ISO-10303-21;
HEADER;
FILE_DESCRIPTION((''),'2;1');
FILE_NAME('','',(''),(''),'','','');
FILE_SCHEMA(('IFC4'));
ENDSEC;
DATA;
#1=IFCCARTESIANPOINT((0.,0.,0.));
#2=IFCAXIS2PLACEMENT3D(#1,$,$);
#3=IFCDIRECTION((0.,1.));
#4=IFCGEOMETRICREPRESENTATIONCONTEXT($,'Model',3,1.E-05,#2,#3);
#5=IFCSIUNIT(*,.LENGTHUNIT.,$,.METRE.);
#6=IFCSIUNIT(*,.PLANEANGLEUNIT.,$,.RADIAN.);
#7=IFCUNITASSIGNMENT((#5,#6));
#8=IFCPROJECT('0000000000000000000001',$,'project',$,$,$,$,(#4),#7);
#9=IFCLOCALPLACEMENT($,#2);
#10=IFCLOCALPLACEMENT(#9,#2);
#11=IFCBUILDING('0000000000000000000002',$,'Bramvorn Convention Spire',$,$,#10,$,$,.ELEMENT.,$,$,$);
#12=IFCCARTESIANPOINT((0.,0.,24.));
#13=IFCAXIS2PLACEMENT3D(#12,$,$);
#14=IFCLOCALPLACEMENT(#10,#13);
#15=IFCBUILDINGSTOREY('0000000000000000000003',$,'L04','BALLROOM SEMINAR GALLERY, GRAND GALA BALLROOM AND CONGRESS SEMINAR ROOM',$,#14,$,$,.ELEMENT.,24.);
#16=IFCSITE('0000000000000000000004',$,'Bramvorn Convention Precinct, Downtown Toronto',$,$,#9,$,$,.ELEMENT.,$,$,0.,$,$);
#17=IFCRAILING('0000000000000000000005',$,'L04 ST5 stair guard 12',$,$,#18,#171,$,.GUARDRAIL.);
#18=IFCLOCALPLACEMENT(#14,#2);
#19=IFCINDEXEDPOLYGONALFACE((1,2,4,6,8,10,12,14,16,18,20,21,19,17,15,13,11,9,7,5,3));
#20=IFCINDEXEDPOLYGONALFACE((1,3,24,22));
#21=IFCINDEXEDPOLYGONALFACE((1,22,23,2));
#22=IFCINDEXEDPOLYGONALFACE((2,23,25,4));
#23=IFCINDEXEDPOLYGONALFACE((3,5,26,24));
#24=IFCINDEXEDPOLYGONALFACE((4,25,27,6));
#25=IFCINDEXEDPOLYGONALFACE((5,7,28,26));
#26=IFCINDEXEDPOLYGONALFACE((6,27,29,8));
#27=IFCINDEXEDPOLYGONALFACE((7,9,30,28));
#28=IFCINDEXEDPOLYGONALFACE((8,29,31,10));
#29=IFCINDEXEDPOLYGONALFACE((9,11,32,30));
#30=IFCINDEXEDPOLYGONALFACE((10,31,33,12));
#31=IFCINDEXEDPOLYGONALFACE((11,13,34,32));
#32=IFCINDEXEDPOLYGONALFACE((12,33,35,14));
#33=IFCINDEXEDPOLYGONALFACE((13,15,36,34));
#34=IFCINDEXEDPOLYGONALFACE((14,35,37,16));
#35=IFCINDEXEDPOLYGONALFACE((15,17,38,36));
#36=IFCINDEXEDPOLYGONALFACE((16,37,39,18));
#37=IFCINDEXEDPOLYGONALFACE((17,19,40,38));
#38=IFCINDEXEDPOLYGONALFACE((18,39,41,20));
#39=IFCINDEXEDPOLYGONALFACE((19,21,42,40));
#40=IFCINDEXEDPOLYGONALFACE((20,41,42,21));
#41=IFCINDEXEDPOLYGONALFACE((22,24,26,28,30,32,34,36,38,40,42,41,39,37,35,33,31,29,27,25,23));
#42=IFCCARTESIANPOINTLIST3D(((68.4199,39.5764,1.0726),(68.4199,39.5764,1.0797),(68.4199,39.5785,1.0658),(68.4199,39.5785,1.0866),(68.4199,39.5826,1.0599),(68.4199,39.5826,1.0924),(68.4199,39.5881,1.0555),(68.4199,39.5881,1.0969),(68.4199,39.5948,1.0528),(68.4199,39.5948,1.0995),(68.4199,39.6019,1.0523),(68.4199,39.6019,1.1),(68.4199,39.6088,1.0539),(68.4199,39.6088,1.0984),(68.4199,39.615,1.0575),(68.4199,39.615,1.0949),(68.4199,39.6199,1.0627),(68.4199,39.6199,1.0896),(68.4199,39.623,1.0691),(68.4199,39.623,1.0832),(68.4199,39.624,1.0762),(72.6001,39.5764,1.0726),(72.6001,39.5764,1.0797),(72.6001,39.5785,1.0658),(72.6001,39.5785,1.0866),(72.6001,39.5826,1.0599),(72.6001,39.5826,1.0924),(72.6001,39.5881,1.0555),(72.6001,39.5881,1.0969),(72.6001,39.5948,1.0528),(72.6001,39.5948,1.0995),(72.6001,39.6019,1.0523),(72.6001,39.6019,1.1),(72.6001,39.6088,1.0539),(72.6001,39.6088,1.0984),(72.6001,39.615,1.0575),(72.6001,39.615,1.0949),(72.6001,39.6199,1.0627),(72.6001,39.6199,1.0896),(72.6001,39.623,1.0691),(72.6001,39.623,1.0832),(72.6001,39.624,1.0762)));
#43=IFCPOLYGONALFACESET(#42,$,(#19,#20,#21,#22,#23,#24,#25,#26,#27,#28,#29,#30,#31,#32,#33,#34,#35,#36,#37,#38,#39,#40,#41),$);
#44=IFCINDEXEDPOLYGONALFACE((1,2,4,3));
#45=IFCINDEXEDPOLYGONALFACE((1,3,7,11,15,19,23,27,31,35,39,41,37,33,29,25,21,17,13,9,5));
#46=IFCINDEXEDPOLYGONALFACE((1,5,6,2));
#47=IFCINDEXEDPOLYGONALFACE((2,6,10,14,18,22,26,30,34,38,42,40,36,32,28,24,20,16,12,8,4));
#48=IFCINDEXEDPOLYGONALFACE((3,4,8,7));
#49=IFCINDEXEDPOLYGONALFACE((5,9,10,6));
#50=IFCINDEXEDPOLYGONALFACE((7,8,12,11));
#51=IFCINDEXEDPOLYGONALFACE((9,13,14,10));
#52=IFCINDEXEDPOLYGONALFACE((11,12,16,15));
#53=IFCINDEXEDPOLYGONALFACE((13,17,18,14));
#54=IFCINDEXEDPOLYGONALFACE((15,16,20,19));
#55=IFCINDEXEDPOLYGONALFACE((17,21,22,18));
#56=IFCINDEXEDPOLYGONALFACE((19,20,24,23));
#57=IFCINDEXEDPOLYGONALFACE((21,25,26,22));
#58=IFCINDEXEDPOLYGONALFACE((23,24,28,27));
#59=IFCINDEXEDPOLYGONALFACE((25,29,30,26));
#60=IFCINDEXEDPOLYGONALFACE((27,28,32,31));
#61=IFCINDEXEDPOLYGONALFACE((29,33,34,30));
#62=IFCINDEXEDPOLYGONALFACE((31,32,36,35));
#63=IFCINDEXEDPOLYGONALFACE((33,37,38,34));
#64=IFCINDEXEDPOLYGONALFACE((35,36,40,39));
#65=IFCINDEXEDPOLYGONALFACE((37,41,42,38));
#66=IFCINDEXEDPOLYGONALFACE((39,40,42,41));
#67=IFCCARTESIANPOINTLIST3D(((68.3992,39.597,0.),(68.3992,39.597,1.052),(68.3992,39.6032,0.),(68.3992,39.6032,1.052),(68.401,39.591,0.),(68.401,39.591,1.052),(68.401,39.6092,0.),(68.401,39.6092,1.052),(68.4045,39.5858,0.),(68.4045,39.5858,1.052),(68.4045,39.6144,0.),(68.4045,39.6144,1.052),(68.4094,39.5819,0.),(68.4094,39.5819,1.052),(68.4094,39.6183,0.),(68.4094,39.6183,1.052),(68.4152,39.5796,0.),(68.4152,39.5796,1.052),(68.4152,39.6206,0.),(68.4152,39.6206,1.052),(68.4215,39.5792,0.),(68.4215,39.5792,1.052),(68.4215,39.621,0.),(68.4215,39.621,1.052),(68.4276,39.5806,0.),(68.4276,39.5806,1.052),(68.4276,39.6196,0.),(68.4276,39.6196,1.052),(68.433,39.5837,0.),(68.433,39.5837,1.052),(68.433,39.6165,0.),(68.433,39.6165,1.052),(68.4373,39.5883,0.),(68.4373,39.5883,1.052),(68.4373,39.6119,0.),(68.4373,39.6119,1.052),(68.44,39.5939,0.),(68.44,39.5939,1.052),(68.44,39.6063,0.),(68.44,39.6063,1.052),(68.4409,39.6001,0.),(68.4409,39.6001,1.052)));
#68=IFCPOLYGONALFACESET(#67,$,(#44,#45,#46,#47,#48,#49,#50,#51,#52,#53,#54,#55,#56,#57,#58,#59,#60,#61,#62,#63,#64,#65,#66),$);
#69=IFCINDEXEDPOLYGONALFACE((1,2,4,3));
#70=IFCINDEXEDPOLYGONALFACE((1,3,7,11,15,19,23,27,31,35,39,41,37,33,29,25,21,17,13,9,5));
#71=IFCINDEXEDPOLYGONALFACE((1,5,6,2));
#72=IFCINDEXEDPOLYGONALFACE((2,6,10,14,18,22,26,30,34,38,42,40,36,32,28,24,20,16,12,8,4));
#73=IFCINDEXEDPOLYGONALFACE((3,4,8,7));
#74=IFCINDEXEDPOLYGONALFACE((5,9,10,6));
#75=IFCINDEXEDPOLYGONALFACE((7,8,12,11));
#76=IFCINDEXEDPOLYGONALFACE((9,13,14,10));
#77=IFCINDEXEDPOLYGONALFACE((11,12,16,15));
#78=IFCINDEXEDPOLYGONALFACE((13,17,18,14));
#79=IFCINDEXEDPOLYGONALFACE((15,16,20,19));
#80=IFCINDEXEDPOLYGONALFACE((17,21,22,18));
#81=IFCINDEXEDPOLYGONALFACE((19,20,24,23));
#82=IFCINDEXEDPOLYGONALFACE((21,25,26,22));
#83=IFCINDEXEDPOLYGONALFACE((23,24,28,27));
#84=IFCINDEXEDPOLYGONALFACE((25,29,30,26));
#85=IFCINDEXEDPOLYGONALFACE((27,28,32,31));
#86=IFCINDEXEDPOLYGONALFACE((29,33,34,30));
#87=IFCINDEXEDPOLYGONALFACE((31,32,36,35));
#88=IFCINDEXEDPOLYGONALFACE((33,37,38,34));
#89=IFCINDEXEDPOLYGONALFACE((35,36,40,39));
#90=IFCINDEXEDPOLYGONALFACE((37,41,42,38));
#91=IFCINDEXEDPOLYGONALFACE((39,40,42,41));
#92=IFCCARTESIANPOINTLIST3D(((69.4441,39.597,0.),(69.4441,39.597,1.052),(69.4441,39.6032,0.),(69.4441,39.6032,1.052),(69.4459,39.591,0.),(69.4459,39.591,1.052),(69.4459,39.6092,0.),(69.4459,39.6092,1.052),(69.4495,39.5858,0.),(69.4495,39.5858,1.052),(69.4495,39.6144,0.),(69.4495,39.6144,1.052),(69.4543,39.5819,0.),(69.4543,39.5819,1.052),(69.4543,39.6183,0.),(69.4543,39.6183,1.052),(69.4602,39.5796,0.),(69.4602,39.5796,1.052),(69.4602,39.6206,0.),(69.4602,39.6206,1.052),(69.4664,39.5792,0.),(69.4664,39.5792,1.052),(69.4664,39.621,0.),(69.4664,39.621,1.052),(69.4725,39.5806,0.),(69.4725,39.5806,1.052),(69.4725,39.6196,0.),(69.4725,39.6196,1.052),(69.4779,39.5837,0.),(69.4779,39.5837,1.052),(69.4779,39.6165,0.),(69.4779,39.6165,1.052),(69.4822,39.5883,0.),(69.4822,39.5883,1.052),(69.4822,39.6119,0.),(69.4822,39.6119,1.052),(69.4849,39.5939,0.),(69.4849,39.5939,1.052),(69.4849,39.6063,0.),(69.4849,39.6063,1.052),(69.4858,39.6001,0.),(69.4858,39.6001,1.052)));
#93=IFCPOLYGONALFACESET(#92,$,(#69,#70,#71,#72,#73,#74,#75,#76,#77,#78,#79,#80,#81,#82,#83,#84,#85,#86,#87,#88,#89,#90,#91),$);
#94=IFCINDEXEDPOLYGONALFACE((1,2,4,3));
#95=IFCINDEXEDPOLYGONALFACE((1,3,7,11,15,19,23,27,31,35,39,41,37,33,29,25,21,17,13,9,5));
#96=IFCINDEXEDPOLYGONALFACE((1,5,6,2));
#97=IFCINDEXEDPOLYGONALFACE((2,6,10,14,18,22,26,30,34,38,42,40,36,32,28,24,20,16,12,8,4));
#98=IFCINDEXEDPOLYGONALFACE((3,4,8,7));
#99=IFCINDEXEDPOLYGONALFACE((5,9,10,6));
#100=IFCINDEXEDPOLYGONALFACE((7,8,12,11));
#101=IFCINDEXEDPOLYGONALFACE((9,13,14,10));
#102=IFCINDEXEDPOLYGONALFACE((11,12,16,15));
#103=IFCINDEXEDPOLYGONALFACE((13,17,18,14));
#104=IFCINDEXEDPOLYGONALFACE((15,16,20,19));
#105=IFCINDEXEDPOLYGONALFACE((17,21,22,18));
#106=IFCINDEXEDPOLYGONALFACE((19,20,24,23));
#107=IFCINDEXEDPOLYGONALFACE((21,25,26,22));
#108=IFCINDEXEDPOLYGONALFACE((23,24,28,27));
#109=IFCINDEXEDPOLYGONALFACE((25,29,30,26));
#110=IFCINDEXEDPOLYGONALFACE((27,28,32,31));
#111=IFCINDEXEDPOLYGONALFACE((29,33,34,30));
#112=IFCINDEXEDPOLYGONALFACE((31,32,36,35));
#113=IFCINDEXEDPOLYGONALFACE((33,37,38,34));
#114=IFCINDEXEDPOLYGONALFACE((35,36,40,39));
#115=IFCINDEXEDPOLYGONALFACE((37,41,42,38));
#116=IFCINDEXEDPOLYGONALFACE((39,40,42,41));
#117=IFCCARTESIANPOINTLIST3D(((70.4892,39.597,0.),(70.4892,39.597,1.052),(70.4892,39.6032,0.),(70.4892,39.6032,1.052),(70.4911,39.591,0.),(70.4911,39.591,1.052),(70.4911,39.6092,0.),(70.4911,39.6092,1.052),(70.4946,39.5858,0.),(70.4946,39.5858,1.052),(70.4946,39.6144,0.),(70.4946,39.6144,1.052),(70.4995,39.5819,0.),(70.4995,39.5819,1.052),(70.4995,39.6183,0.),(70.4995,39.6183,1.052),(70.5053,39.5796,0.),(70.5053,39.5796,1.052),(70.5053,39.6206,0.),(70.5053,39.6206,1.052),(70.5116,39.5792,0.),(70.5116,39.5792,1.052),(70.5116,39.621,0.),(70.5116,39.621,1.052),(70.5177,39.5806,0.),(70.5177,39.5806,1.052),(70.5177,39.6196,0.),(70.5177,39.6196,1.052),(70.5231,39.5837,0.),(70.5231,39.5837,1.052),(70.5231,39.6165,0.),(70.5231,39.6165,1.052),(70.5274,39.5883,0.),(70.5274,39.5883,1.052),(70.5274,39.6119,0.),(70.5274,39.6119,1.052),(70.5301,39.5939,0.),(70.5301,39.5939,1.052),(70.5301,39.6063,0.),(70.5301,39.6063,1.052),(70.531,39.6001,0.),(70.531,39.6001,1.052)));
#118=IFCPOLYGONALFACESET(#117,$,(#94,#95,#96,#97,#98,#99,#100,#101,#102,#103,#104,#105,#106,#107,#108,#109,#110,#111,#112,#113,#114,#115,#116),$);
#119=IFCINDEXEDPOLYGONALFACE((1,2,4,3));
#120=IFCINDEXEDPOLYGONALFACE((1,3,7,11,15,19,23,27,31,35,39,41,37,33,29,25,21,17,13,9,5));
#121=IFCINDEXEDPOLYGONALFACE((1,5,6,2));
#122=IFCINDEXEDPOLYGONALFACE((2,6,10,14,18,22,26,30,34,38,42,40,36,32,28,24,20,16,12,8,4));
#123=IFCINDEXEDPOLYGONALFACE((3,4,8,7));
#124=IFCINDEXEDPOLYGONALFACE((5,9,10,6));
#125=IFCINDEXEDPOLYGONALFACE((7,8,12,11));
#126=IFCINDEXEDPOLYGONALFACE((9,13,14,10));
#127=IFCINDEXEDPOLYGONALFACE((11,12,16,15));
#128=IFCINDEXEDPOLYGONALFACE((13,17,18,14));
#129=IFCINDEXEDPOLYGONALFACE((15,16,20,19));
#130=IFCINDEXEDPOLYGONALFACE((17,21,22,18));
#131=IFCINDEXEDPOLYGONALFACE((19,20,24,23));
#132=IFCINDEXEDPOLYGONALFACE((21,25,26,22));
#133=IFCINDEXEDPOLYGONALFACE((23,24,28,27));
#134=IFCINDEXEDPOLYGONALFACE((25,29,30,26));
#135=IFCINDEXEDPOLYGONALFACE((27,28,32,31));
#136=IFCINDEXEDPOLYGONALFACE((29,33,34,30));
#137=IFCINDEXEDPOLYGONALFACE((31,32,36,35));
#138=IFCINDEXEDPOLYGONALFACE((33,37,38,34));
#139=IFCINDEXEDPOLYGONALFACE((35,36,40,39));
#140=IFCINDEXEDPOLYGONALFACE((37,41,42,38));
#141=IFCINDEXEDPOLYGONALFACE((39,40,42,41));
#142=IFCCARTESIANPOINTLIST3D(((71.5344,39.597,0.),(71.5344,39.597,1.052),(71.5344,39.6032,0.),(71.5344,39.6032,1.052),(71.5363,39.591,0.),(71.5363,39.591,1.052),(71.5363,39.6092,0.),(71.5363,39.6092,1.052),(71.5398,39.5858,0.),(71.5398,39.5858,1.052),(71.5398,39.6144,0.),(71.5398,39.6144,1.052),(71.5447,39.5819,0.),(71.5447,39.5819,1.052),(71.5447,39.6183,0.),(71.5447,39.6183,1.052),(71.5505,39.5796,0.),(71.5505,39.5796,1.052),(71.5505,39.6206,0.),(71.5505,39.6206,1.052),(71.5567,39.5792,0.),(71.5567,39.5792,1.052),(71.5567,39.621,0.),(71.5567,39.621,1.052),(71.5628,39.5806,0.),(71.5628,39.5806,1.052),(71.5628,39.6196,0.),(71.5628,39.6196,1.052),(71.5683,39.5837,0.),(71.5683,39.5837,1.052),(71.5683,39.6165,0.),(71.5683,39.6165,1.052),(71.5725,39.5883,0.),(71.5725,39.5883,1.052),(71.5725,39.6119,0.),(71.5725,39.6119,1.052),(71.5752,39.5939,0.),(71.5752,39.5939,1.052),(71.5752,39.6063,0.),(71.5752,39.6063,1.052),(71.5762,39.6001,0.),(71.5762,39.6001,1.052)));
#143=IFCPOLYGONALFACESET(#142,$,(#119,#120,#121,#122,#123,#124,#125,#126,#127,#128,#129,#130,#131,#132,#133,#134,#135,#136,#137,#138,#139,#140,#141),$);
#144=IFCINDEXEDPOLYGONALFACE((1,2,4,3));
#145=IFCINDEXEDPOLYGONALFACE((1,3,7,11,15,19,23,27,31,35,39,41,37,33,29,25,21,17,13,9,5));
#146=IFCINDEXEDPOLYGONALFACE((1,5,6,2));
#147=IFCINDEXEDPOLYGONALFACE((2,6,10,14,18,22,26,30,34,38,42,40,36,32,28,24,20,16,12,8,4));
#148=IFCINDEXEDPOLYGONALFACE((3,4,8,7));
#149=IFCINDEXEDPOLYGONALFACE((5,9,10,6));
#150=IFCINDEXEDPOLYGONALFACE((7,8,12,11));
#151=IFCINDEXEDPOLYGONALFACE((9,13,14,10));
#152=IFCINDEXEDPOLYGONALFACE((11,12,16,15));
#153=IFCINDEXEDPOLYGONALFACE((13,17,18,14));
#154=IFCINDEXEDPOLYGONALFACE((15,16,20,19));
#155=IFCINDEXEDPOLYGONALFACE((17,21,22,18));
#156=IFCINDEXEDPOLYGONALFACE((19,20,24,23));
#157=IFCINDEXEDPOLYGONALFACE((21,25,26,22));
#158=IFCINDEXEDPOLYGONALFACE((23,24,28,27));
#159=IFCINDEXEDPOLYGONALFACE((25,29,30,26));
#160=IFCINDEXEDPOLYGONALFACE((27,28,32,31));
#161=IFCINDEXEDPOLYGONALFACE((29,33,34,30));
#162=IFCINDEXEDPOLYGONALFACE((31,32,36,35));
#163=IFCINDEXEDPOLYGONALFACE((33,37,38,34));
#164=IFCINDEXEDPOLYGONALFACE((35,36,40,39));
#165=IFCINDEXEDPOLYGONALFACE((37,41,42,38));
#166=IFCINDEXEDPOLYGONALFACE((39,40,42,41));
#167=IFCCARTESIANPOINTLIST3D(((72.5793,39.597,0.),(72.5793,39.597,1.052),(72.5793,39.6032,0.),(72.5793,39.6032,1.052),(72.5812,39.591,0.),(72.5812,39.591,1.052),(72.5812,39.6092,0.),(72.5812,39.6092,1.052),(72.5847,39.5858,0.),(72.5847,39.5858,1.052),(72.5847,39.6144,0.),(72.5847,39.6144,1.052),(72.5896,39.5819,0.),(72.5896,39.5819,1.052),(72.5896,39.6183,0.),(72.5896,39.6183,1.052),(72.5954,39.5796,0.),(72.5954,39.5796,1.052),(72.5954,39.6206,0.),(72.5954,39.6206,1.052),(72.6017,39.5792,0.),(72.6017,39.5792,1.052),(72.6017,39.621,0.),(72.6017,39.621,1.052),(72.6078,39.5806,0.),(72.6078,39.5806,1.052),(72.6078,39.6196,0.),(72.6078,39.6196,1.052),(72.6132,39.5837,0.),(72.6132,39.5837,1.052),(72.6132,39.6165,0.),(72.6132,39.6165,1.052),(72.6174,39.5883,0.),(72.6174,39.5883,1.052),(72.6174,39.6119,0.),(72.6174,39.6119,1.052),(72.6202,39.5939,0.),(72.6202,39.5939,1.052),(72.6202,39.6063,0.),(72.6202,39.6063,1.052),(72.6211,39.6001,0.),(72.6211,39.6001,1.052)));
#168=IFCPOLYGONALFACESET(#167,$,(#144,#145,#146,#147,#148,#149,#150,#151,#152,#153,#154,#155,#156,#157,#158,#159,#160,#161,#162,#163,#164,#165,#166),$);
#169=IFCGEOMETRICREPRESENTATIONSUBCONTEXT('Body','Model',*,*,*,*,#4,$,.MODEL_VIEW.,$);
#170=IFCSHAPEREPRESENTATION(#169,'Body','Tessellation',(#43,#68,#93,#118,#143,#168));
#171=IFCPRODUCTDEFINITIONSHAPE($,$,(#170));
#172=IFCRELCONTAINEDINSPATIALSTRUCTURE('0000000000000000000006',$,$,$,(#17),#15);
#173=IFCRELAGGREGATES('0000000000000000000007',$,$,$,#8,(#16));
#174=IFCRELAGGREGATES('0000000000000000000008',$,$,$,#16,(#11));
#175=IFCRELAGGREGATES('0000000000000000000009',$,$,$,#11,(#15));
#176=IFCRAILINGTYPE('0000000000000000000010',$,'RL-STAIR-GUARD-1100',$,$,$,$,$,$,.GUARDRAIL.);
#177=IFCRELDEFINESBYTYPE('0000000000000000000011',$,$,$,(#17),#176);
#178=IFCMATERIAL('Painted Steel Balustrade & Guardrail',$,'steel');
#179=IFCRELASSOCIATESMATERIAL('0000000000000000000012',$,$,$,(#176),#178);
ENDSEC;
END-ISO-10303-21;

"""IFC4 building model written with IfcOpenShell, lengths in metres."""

from ifc_helpers import new_model, si_unit, direction, frame, origin, origin_2d, place, context, subcontext, project, spatial, circle, extrude, material, type_object, element, save


model = new_model("IFC4")

# Units and contexts
model_context = context("Model", 3, precision=1e-05, world=origin(), true_north=direction((0.0, 1.0)))
body_context = subcontext(model_context, "Body", "Model", "MODEL_VIEW")
ifc_project = project(units=[si_unit("LENGTHUNIT", "METRE"), si_unit("PLANEANGLEUNIT", "RADIAN")], contexts=[model_context])

# Site, building, storey
site_placement = place(None, origin())
site = spatial("IfcSite", under=ifc_project, at=site_placement, Name="Bramvorn Convention Precinct, Downtown Toronto", CompositionType="ELEMENT", RefElevation=0.0)
building_placement = place(site_placement, origin())
building = spatial("IfcBuilding", under=site, at=building_placement, Name="Bramvorn Convention Spire", CompositionType="ELEMENT")
storey_placement = place(building_placement, frame((0.0, 0.0, 24.0)))
storey = spatial("IfcBuildingStorey", under=building, at=storey_placement, Name="L04", Description="BALLROOM SEMINAR GALLERY, GRAND GALA BALLROOM AND CONGRESS SEMINAR ROOM", CompositionType="ELEMENT", Elevation=24.0)

# Railing
ifc_material_1 = material(Name="Painted Steel Balustrade & Guardrail", Category="steel")
railing_type = type_object("IfcRailingType", Name="RL-STAIR-GUARD-1100", PredefinedType="GUARDRAIL", material=ifc_material_1)
railing_1_placement = place(storey_placement, frame((68.4199, 39.6001, 0.0)))
element("IfcRailing", 1, at=railing_1_placement, inside=storey, type_object=railing_type, Name="L04 ST5 stair guard 12", PredefinedType="GUARDRAIL", context=body_context, shape_type="SweptSolid", body=[
    extrude(circle(Radius=0.0239, at=origin_2d()), frame((0.0, 0.0, 1.0762), z_axis=(1.0, 0.0, 0.0), x_axis=(0.0, 1.0, 0.0)), (0.0, 0.0, 1.0), 4.1802),
    extrude(circle(Radius=0.021, at=origin_2d()), origin(), (0.0, 0.0, 1.0), 1.052),
    extrude(circle(Radius=0.021, at=origin_2d()), frame((1.0449, 0.0, 0.0)), (0.0, 0.0, 1.0), 1.052),
    extrude(circle(Radius=0.021, at=origin_2d()), frame((2.0901, 0.0, 0.0)), (0.0, 0.0, 1.0), 1.052),
    extrude(circle(Radius=0.021, at=origin_2d()), frame((3.1353, 0.0, 0.0)), (0.0, 0.0, 1.0), 1.052),
    extrude(circle(Radius=0.021, at=origin_2d()), frame((4.1802, 0.0, 0.0)), (0.0, 0.0, 1.0), 1.052),
])

save(model, "model.ifc")
